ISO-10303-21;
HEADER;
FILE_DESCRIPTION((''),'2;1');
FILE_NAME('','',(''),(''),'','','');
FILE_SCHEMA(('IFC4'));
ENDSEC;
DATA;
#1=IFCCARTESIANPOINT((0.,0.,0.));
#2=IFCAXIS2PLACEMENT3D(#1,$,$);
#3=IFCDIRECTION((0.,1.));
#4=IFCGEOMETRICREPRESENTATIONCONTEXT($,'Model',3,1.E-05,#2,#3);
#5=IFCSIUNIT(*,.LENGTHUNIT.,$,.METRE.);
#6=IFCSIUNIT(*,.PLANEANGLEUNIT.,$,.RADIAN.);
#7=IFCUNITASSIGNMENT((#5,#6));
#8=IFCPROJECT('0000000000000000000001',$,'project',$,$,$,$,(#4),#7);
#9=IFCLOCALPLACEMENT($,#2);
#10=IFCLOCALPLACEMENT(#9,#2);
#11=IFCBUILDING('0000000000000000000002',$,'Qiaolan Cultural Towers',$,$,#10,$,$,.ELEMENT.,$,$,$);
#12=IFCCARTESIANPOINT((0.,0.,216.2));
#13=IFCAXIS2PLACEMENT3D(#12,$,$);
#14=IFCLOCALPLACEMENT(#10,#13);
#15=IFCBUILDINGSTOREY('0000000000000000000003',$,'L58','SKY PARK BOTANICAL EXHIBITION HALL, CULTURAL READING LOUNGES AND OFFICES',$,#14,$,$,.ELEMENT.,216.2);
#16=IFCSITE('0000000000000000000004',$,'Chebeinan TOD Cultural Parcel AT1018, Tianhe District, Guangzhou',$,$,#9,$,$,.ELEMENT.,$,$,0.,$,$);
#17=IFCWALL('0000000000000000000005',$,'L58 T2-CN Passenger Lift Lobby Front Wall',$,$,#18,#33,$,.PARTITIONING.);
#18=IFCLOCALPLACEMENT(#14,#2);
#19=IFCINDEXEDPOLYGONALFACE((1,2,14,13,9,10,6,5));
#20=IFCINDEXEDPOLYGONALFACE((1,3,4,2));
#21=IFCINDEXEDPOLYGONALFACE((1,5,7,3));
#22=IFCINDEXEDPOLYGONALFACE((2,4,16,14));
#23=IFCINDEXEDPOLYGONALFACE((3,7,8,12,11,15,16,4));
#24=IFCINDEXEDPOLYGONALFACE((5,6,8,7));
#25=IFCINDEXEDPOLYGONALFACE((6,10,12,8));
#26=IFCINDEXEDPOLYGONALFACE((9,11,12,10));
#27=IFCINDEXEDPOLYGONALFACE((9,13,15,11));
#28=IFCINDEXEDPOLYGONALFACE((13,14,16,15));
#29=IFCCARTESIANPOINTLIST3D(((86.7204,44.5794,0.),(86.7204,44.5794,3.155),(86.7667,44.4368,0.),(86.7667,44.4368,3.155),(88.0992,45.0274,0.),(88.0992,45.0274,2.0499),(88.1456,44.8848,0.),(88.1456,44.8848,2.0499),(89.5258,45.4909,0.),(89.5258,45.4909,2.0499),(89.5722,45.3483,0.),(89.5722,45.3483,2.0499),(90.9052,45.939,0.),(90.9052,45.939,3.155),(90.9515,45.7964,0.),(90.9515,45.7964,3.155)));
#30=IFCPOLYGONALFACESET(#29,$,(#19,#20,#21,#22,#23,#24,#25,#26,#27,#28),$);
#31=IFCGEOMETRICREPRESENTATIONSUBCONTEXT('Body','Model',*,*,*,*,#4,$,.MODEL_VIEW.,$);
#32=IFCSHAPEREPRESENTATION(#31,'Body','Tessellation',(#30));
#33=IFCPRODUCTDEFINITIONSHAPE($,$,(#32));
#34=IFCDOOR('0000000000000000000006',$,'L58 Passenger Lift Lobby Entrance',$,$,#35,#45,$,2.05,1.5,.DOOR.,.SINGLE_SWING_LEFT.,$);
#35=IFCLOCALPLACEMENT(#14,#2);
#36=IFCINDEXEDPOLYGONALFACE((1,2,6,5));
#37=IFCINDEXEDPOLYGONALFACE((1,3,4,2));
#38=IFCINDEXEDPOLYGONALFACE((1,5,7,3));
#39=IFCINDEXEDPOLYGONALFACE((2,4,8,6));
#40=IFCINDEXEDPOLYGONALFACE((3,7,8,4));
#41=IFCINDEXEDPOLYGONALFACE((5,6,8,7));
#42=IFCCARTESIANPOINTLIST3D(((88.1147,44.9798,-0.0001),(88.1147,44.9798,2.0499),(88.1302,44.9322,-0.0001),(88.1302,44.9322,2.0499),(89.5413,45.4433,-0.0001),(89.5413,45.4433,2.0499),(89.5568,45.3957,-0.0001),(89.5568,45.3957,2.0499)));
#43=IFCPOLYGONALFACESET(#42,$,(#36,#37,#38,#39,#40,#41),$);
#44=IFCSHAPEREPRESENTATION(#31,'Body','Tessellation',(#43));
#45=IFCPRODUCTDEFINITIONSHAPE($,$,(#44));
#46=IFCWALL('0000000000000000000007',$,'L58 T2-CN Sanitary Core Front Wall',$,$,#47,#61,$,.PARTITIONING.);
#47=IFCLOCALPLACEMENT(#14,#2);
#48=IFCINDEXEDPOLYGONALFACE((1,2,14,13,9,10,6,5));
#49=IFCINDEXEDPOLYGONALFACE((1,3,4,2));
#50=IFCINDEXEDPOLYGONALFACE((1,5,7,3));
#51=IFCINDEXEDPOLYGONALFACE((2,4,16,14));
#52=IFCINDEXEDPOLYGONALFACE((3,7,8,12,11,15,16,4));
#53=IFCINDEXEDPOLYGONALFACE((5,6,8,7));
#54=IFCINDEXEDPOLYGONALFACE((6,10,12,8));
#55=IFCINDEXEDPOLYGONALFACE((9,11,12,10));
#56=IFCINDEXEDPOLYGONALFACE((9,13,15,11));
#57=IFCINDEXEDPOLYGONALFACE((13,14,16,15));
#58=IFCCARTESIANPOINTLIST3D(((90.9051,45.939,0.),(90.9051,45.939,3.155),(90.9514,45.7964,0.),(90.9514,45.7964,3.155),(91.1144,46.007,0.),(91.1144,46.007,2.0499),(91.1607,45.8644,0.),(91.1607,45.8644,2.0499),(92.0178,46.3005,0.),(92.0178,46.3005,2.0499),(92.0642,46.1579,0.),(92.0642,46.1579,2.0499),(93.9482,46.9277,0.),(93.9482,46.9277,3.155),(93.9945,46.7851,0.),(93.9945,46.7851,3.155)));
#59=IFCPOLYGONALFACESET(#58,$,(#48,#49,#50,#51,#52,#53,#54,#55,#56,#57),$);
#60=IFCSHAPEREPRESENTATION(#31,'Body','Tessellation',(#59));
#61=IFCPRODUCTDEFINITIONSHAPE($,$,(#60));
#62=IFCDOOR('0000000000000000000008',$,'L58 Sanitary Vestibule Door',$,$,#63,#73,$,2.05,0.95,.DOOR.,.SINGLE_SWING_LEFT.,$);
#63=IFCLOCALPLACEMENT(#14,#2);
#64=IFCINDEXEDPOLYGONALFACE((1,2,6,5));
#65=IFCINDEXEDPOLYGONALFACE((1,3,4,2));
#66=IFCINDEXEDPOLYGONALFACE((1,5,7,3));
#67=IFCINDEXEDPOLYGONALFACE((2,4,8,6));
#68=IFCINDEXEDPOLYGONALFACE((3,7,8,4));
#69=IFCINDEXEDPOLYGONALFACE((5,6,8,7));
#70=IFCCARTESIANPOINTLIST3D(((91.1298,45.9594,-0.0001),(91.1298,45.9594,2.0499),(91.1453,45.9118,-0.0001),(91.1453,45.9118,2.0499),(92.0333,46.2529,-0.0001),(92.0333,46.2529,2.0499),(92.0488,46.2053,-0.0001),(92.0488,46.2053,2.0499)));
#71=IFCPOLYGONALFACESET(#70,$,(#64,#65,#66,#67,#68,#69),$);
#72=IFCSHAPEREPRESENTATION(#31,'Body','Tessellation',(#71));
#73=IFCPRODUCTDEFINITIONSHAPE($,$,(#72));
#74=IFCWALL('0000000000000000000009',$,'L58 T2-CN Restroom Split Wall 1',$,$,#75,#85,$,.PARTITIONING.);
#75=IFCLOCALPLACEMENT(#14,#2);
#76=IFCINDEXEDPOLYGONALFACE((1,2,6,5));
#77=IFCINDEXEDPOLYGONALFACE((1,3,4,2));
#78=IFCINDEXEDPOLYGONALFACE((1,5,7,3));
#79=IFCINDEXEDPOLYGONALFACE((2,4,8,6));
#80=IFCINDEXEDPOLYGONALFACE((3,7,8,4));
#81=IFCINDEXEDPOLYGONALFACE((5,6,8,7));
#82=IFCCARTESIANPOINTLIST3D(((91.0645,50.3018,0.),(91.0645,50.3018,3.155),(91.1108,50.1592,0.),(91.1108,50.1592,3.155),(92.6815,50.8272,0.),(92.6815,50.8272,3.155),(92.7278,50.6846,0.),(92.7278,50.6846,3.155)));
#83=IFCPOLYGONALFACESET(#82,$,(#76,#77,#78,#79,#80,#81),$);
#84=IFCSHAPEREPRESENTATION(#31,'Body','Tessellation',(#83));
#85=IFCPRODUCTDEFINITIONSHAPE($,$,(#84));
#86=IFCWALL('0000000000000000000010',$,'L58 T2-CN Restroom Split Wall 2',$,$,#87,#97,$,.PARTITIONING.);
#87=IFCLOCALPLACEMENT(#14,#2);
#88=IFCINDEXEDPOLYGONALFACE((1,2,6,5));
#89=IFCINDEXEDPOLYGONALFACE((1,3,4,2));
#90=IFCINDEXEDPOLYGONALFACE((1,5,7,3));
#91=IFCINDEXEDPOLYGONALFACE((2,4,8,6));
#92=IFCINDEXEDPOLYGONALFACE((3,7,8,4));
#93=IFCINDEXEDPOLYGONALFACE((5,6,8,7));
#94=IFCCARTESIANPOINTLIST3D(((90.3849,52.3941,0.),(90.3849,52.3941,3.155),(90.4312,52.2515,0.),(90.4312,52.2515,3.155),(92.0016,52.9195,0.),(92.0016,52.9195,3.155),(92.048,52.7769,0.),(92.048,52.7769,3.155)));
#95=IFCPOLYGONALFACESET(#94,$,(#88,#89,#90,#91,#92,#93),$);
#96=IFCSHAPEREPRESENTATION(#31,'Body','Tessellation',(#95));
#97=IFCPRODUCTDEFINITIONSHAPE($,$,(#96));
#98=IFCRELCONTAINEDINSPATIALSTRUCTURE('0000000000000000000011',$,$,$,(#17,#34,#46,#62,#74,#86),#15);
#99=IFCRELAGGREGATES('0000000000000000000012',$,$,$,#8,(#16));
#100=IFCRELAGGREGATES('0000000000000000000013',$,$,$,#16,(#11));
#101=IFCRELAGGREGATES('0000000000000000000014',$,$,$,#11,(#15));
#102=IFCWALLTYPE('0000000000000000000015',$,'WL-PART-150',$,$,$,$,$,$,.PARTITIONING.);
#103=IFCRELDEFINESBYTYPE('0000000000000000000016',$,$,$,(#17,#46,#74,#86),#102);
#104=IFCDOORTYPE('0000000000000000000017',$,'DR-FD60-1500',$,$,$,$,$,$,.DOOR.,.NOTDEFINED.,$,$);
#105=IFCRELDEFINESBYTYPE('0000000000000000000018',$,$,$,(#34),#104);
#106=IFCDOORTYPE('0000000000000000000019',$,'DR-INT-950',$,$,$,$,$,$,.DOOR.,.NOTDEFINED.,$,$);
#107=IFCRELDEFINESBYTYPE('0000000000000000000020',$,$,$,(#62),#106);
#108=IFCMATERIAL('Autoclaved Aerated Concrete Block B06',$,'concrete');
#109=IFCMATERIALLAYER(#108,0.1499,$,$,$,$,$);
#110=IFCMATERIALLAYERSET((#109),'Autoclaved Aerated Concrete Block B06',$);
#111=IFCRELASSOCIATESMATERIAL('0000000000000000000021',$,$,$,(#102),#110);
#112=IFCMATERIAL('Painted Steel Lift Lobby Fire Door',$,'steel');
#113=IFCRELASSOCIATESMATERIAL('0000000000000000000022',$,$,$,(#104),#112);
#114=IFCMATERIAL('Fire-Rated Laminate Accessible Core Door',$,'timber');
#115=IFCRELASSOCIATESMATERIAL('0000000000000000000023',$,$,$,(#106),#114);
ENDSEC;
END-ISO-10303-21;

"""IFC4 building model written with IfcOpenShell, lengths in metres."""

from ifc_helpers import new_model, si_unit, direction, frame, frame_2d, origin, place, context, subcontext, project, spatial, rectangle, extrude, material, layer, layer_set, type_object, element, fill, save


model = new_model("IFC4")

# Units and contexts
model_context = context("Model", 3, precision=1e-05, world=origin(), true_north=direction((0.0, 1.0)))
body_context = subcontext(model_context, "Body", "Model", "MODEL_VIEW")
ifc_project = project(units=[si_unit("LENGTHUNIT", "METRE"), si_unit("PLANEANGLEUNIT", "RADIAN")], contexts=[model_context])

# Site, building, storey
site_placement = place(None, origin())
site = spatial("IfcSite", under=ifc_project, at=site_placement, Name="Chebeinan TOD Cultural Parcel AT1018, Tianhe District, Guangzhou", CompositionType="ELEMENT", RefElevation=0.0)
building_placement = place(site_placement, origin())
building = spatial("IfcBuilding", under=site, at=building_placement, Name="Qiaolan Cultural Towers", CompositionType="ELEMENT")
storey_placement = place(building_placement, frame((0.0, 0.0, 216.2)))
storey = spatial("IfcBuildingStorey", under=building, at=storey_placement, Name="L58", Description="SKY PARK BOTANICAL EXHIBITION HALL, CULTURAL READING LOUNGES AND OFFICES", CompositionType="ELEMENT", Elevation=216.2)

# Walls, openings, doors
ifc_material_1 = material(Name="Autoclaved Aerated Concrete Block B06", Category="concrete")
ifc_layer_1 = layer(ifc_material_1, 0.1499)
ifc_layer_set_1 = layer_set([ifc_layer_1], Name="Autoclaved Aerated Concrete Block B06")
wall_type_1 = type_object("IfcWallType", Name="WL-PART-150", PredefinedType="PARTITIONING", material=ifc_layer_set_1)
wall_1_placement = place(storey_placement, frame((86.7434, 44.5081, 0.0), z_axis=(0.0, 0.0, 1.0), x_axis=(0.951064, 0.308994, 0.0)))
wall_1 = element("IfcWall", 1, at=wall_1_placement, inside=storey, type_object=wall_type_1, Name="L58 T2-CN Passenger Lift Lobby Front Wall", PredefinedType="PARTITIONING", context=body_context, shape_type="SweptSolid", body=[
    extrude(rectangle(XDim=4.4001, YDim=0.1499, at=frame_2d((2.2002, 0.0))), origin(), (0.0, 0.0, 1.0), 3.155),
])
opening_1_placement = place(wall_1_placement, frame((1.45, 0.0, 0.0)))
opening_1 = element("IfcOpeningElement", 2, at=opening_1_placement, cuts=wall_1, PredefinedType="OPENING", context=body_context, shape_type="SweptSolid", body=[
    extrude(rectangle(XDim=1.5, YDim=2.05, at=frame_2d((0.75, 1.0249))), frame((0.0, 0.085, 0.0), z_axis=(0.0, -1.0, 0.0), x_axis=(1.0, 0.0, 0.0)), (0.0, 0.0, 1.0), 0.1699),
])
ifc_material_2 = material(Name="Painted Steel Lift Lobby Fire Door", Category="steel")
door_type_1 = type_object("IfcDoorType", Name="DR-FD60-1500", OperationType="NOTDEFINED", PredefinedType="DOOR", material=ifc_material_2)
door_1_placement = place(opening_1_placement, origin())
door_1 = element("IfcDoor", 3, at=door_1_placement, inside=storey, type_object=door_type_1, Name="L58 Passenger Lift Lobby Entrance", OperationType="SINGLE_SWING_LEFT", OverallHeight=2.05, OverallWidth=1.5, PredefinedType="DOOR", context=body_context, shape_type="SweptSolid", body=[
    extrude(rectangle(XDim=1.5, YDim=2.05, at=frame_2d((0.75, 1.0249))), frame((0.0, 0.0249, 0.0), z_axis=(0.0, -1.0, 0.0), x_axis=(1.0, 0.0, 0.0)), (0.0, 0.0, 1.0), 0.05),
])
fill(opening_1, door_1)
wall_2_placement = place(storey_placement, frame((90.9282, 45.8677, 0.0), z_axis=(0.0, 0.0, 1.0), x_axis=(0.951059, 0.309008, 0.0)))
wall_2 = element("IfcWall", 4, at=wall_2_placement, inside=storey, type_object=wall_type_1, Name="L58 T2-CN Sanitary Core Front Wall", PredefinedType="PARTITIONING", context=body_context, shape_type="SweptSolid", body=[
    extrude(rectangle(XDim=3.1997, YDim=0.1499, at=frame_2d((1.5999, 0.0))), origin(), (0.0, 0.0, 1.0), 3.155),
])
opening_2_placement = place(wall_2_placement, frame((0.22, 0.0, 0.0)))
opening_2 = element("IfcOpeningElement", 5, at=opening_2_placement, cuts=wall_2, PredefinedType="OPENING", context=body_context, shape_type="SweptSolid", body=[
    extrude(rectangle(XDim=0.95, YDim=2.05, at=frame_2d((0.4751, 1.0249))), frame((0.0, 0.085, 0.0), z_axis=(0.0, -1.0, 0.0), x_axis=(1.0, 0.0, 0.0)), (0.0, 0.0, 1.0), 0.1699),
])
ifc_material_3 = material(Name="Fire-Rated Laminate Accessible Core Door", Category="timber")
door_type_2 = type_object("IfcDoorType", Name="DR-INT-950", OperationType="NOTDEFINED", PredefinedType="DOOR", material=ifc_material_3)
door_2_placement = place(opening_2_placement, origin())
door_2 = element("IfcDoor", 6, at=door_2_placement, inside=storey, type_object=door_type_2, Name="L58 Sanitary Vestibule Door", OperationType="SINGLE_SWING_LEFT", OverallHeight=2.05, OverallWidth=0.95, PredefinedType="DOOR", context=body_context, shape_type="SweptSolid", body=[
    extrude(rectangle(XDim=0.95, YDim=2.05, at=frame_2d((0.4751, 1.0249))), frame((0.0, 0.0249, 0.0), z_axis=(0.0, -1.0, 0.0), x_axis=(1.0, 0.0, 0.0)), (0.0, 0.0, 1.0), 0.05),
])
fill(opening_2, door_2)

# Walls
wall_3_placement = place(storey_placement, frame((91.0876, 50.2305, 0.0), z_axis=(0.0, 0.0, 1.0), x_axis=(0.951054, 0.309024, 0.0)))
element("IfcWall", 7, at=wall_3_placement, inside=storey, type_object=wall_type_1, Name="L58 T2-CN Restroom Split Wall 1", PredefinedType="PARTITIONING", context=body_context, shape_type="SweptSolid", body=[
    extrude(rectangle(XDim=1.7002, YDim=0.1499, at=frame_2d((0.8501, 0.0))), origin(), (0.0, 0.0, 1.0), 3.155),
])
wall_4_placement = place(storey_placement, frame((90.408, 52.3228, 0.0), z_axis=(0.0, 0.0, 1.0), x_axis=(0.95104, 0.309067, 0.0)))
element("IfcWall", 8, at=wall_4_placement, inside=storey, type_object=wall_type_1, Name="L58 T2-CN Restroom Split Wall 2", PredefinedType="PARTITIONING", context=body_context, shape_type="SweptSolid", body=[
    extrude(rectangle(XDim=1.7, YDim=0.1499, at=frame_2d((0.8501, 0.0))), origin(), (0.0, 0.0, 1.0), 3.155),
])

save(model, "model.ifc")
